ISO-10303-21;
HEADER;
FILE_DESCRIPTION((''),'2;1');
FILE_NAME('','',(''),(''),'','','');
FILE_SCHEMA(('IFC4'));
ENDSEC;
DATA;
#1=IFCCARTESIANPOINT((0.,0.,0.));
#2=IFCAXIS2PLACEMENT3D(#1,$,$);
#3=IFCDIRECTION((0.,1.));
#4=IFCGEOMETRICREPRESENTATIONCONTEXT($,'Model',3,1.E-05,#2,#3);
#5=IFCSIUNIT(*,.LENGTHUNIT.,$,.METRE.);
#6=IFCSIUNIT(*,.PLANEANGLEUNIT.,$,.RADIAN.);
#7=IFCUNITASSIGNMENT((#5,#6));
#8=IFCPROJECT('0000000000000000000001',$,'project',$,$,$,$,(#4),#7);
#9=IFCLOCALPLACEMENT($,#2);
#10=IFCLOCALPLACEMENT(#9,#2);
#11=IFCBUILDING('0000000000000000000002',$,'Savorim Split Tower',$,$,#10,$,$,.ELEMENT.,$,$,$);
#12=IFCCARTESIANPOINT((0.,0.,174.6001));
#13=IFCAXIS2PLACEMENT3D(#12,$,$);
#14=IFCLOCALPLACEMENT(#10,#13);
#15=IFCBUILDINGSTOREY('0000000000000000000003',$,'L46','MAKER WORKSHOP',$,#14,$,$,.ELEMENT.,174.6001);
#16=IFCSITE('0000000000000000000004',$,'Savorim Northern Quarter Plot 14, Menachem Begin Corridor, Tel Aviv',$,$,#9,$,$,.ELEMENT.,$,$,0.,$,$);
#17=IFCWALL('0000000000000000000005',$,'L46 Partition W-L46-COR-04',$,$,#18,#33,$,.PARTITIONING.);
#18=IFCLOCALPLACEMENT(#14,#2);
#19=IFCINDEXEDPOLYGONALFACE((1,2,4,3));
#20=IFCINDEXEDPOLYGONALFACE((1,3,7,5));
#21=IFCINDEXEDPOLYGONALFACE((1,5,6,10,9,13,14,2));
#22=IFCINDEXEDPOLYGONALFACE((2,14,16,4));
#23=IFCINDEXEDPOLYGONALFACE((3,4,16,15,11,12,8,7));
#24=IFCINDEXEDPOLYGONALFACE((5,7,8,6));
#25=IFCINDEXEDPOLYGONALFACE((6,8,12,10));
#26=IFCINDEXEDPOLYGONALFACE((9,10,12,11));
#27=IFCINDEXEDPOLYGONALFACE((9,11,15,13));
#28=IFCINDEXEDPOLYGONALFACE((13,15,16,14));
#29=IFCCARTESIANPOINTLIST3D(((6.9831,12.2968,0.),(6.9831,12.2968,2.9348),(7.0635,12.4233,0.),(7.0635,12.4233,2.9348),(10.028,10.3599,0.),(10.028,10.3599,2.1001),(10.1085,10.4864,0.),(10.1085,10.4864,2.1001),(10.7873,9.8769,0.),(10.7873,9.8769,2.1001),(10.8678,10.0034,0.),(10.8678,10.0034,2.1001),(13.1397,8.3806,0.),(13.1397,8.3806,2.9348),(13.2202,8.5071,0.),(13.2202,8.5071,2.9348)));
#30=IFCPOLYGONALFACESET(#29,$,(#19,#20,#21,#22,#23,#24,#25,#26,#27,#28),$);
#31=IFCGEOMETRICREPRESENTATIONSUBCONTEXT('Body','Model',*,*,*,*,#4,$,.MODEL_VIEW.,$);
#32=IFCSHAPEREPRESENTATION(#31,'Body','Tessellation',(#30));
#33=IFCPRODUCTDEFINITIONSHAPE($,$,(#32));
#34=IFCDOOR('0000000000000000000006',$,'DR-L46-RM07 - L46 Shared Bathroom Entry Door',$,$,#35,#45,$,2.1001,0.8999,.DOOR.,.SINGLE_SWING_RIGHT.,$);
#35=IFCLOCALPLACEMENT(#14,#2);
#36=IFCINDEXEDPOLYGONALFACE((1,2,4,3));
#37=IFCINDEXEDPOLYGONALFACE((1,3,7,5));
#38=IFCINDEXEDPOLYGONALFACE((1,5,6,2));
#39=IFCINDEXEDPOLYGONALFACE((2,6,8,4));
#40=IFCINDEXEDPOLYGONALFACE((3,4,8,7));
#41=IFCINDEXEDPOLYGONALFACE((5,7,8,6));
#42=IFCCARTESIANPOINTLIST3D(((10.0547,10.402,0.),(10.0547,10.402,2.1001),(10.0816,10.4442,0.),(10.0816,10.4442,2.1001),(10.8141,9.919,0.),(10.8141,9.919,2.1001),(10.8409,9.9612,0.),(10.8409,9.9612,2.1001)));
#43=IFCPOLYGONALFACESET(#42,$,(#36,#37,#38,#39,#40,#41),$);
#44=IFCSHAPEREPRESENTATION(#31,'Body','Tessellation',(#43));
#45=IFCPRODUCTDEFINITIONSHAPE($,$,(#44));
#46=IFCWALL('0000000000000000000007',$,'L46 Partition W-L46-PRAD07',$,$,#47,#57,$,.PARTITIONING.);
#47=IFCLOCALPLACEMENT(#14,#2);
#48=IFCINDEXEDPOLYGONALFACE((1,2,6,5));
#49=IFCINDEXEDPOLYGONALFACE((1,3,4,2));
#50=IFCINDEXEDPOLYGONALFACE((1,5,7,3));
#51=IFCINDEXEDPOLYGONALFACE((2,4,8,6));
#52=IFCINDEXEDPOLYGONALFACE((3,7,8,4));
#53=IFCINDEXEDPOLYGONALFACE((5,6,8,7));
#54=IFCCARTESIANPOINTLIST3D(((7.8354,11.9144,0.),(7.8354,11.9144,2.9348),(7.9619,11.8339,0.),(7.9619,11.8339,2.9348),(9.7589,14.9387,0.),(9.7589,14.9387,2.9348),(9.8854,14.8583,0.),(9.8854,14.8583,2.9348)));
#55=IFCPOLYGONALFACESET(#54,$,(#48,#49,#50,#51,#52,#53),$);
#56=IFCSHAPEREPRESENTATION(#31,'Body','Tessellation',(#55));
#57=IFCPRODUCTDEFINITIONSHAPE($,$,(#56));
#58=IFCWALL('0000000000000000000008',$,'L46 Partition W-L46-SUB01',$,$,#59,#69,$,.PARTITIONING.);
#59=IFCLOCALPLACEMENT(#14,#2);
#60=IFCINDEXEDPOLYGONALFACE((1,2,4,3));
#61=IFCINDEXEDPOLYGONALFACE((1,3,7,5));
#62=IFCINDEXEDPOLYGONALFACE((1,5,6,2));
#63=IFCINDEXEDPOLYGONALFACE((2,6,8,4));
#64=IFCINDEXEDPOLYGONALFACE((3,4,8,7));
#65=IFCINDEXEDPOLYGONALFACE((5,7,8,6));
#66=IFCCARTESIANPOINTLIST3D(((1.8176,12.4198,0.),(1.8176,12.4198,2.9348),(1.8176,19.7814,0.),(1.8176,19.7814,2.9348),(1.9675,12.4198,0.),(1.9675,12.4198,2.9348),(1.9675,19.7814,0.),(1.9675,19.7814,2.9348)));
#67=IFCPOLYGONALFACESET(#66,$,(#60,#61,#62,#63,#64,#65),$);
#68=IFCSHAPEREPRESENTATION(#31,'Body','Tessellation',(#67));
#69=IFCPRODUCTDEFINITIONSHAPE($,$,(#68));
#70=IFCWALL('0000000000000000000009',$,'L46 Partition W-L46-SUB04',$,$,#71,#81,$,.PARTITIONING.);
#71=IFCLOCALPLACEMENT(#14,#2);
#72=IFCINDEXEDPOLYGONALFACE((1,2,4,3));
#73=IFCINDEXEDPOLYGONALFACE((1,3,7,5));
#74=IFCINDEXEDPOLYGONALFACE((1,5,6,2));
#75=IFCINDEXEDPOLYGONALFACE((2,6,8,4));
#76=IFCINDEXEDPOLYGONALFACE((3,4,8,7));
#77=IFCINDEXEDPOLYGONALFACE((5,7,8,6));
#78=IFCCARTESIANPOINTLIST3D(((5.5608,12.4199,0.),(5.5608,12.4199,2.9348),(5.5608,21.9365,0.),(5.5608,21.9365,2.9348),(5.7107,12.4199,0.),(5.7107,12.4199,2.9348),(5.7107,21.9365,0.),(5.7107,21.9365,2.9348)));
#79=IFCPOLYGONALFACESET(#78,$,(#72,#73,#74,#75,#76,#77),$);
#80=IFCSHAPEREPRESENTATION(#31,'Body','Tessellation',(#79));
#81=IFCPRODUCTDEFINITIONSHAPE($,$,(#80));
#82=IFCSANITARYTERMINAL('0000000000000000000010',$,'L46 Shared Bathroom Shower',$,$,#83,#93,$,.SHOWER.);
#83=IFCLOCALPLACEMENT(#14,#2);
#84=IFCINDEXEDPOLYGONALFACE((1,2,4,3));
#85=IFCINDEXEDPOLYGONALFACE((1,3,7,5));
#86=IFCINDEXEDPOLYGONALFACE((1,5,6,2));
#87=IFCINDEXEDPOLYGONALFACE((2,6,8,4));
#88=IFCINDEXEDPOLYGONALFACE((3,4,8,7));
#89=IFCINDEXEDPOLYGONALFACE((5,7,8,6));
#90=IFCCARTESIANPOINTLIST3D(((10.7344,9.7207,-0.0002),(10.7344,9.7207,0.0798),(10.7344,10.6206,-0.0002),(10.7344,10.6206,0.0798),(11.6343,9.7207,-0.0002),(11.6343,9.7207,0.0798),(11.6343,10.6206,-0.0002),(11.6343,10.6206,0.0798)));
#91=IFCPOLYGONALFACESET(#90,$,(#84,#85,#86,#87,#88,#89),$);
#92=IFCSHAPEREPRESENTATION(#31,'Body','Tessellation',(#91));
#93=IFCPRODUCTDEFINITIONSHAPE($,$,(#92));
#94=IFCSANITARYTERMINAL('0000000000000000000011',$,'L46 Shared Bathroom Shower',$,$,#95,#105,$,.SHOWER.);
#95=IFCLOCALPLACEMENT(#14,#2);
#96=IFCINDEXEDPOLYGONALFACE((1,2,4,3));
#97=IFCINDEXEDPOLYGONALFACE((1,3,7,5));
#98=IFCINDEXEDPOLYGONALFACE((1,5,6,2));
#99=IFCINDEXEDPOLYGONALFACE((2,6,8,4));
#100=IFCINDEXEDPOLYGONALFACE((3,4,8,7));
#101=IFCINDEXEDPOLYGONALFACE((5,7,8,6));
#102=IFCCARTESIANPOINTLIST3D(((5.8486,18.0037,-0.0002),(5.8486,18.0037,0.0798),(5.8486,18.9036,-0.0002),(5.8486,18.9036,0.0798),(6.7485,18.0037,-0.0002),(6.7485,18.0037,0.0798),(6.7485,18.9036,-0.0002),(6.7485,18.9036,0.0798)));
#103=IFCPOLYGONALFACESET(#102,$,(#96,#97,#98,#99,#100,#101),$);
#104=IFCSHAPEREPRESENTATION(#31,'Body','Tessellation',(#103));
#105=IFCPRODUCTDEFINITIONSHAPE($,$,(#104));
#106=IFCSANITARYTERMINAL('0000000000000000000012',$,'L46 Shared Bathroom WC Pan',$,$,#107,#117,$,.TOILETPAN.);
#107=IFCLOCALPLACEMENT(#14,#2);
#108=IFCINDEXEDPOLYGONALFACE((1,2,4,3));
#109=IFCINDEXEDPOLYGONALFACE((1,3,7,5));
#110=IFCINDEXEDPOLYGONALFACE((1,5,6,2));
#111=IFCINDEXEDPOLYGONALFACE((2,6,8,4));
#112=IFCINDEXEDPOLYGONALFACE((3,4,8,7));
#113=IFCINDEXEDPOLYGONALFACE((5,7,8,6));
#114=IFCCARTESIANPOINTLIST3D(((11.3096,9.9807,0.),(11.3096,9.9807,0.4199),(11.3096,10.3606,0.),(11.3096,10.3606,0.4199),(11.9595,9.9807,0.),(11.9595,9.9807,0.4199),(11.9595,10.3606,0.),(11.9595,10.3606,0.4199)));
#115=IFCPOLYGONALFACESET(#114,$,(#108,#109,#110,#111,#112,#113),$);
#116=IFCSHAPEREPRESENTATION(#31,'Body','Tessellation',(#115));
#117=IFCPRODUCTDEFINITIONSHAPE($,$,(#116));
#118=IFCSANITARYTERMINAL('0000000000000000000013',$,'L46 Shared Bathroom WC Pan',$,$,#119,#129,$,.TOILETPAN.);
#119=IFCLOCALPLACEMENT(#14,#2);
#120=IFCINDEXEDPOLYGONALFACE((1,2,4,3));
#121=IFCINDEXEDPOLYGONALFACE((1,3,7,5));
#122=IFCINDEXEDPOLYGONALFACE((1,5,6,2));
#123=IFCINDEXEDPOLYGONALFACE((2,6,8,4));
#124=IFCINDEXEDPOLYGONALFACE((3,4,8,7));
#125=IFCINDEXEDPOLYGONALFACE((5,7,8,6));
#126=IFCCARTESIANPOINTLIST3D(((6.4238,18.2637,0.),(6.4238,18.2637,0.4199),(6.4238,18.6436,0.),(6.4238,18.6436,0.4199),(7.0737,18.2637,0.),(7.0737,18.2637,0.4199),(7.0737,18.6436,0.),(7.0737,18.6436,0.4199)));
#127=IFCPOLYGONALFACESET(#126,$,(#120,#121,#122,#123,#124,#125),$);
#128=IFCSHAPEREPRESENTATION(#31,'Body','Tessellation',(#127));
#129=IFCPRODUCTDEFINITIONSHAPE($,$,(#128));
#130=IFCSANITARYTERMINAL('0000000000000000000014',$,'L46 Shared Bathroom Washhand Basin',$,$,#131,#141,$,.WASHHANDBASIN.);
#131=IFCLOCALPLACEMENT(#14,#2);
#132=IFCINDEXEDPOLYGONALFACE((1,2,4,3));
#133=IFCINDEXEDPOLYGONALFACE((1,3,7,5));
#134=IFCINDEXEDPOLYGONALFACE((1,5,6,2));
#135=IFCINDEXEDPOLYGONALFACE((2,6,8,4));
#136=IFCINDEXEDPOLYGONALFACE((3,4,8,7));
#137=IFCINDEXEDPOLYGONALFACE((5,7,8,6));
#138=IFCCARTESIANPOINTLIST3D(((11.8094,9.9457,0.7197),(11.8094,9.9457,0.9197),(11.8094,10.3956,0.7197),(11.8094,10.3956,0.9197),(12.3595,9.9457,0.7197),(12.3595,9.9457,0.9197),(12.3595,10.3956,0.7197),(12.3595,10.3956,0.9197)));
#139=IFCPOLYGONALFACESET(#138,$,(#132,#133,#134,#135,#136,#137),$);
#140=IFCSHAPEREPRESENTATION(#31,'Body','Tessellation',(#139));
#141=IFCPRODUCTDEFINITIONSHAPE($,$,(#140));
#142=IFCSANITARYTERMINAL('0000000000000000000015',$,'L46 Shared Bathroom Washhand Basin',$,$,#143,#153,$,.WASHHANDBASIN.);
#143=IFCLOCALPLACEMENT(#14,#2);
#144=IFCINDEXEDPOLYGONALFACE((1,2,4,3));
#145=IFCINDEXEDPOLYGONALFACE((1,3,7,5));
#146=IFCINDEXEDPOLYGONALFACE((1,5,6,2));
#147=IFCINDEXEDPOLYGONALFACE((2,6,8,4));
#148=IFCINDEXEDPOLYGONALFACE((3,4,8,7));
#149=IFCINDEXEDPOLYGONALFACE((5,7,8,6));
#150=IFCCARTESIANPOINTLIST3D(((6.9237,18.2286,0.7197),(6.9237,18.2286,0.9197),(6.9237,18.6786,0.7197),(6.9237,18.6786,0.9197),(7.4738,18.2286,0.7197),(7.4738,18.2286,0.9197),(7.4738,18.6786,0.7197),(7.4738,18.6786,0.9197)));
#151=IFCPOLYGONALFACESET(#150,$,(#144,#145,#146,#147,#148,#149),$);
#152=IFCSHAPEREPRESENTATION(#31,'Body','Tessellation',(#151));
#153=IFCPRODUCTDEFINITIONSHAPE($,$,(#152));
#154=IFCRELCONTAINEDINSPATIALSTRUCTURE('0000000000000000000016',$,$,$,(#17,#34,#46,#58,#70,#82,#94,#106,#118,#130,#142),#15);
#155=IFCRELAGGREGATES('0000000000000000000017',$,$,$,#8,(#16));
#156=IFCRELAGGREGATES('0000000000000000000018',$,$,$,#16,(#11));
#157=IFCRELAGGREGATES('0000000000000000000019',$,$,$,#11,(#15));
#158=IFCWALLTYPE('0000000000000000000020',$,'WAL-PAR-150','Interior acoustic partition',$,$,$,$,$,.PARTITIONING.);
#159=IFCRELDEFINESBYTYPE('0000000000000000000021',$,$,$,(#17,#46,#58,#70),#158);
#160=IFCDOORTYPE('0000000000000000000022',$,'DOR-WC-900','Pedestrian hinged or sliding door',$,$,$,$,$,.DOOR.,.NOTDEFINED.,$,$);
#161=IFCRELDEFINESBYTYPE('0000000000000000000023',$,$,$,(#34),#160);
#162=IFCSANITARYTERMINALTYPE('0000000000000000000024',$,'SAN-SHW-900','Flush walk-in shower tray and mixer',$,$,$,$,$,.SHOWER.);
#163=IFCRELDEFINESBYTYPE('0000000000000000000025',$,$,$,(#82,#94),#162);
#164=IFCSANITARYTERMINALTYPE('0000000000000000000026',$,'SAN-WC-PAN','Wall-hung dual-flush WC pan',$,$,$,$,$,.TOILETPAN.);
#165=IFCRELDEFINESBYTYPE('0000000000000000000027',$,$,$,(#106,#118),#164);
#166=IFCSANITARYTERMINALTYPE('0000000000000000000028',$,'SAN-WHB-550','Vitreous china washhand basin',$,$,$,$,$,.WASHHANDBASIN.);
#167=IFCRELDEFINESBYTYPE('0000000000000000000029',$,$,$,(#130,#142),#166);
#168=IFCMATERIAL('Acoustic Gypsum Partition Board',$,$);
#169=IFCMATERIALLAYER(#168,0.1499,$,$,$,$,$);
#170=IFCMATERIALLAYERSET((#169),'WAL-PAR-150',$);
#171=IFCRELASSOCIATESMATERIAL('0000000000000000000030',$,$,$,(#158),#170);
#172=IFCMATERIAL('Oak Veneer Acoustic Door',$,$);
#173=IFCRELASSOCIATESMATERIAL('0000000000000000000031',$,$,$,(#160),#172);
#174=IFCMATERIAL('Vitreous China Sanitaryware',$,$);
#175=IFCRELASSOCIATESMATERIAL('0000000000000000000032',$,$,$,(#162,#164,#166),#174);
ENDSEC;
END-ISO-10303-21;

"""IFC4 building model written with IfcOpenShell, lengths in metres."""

from ifc_helpers import new_model, si_unit, direction, frame, frame_2d, origin, origin_2d, place, context, subcontext, project, spatial, rectangle, extrude, material, layer, layer_set, type_object, element, fill, save


model = new_model("IFC4")

# Units and contexts
model_context = context("Model", 3, precision=1e-05, world=origin(), true_north=direction((0.0, 1.0)))
body_context = subcontext(model_context, "Body", "Model", "MODEL_VIEW")
ifc_project = project(units=[si_unit("LENGTHUNIT", "METRE"), si_unit("PLANEANGLEUNIT", "RADIAN")], contexts=[model_context])

# Site, building, storey
site_placement = place(None, origin())
site = spatial("IfcSite", under=ifc_project, at=site_placement, Name="Savorim Northern Quarter Plot 14, Menachem Begin Corridor, Tel Aviv", CompositionType="ELEMENT", RefElevation=0.0)
building_placement = place(site_placement, origin())
building = spatial("IfcBuilding", under=site, at=building_placement, Name="Savorim Split Tower", CompositionType="ELEMENT")
storey_placement = place(building_placement, frame((0.0, 0.0, 174.6001)))
storey = spatial("IfcBuildingStorey", under=building, at=storey_placement, Name="L46", Description="MAKER WORKSHOP", CompositionType="ELEMENT", Elevation=174.6001)

# Wall, opening, door
ifc_material_1 = material(Name="Acoustic Gypsum Partition Board")
ifc_layer_1 = layer(ifc_material_1, 0.1499)
ifc_layer_set_1 = layer_set([ifc_layer_1], Name="WAL-PAR-150")
wall_type_1 = type_object("IfcWallType", Name="WAL-PAR-150", Description="Interior acoustic partition", PredefinedType="PARTITIONING", material=ifc_layer_set_1)
wall_1_placement = place(storey_placement, frame((7.0232, 12.3601, 0.0), z_axis=(0.0, 0.0, 1.0), x_axis=(0.843765, -0.536713, 0.0)))
wall_1 = element("IfcWall", 1, at=wall_1_placement, inside=storey, type_object=wall_type_1, Name="L46 Partition W-L46-COR-04", PredefinedType="PARTITIONING", context=body_context, shape_type="SweptSolid", body=[
    extrude(rectangle(XDim=7.2966, YDim=0.1499, at=frame_2d((3.6484, 0.0))), origin(), (0.0, 0.0, 1.0), 2.9348),
])
opening_1_placement = place(wall_1_placement, frame((3.6089, 0.0, 0.0)))
opening_1 = element("IfcOpeningElement", 2, at=opening_1_placement, cuts=wall_1, PredefinedType="OPENING", context=body_context, shape_type="SweptSolid", body=[
    extrude(rectangle(XDim=0.8999, YDim=2.1001, at=frame_2d((0.45, 1.05))), frame((0.0, 0.085, 0.0), z_axis=(0.0, -1.0, 0.0), x_axis=(1.0, 0.0, 0.0)), (0.0, 0.0, 1.0), 0.1699),
])
ifc_material_2 = material(Name="Oak Veneer Acoustic Door")
door_type_1 = type_object("IfcDoorType", Name="DOR-WC-900", Description="Pedestrian hinged or sliding door", OperationType="NOTDEFINED", PredefinedType="DOOR", material=ifc_material_2)
door_1_placement = place(opening_1_placement, origin())
door_1 = element("IfcDoor", 3, at=door_1_placement, inside=storey, type_object=door_type_1, Name="DR-L46-RM07 - L46 Shared Bathroom Entry Door", OperationType="SINGLE_SWING_RIGHT", OverallHeight=2.1001, OverallWidth=0.8999, PredefinedType="DOOR", context=body_context, shape_type="SweptSolid", body=[
    extrude(rectangle(XDim=0.8999, YDim=2.1001, at=frame_2d((0.45, 1.05))), frame((0.0, 0.0249, 0.0), z_axis=(0.0, -1.0, 0.0), x_axis=(1.0, 0.0, 0.0)), (0.0, 0.0, 1.0), 0.05),
])
fill(opening_1, door_1)

# Walls
wall_2_placement = place(storey_placement, frame((7.8987, 11.8743, 0.0), z_axis=(0.0, 0.0, 1.0), x_axis=(0.536668, 0.843793, 0.0)))
element("IfcWall", 4, at=wall_2_placement, inside=storey, type_object=wall_type_1, Name="L46 Partition W-L46-PRAD07", PredefinedType="PARTITIONING", context=body_context, shape_type="SweptSolid", body=[
    extrude(rectangle(XDim=3.5842, YDim=0.1499, at=frame_2d((1.792, 0.0))), origin(), (0.0, 0.0, 1.0), 2.9348),
])
wall_3_placement = place(storey_placement, frame((1.8926, 12.4199, 0.0), z_axis=(0.0, 0.0, 1.0), x_axis=(0.0, 1.0, 0.0)))
element("IfcWall", 5, at=wall_3_placement, inside=storey, type_object=wall_type_1, Name="L46 Partition W-L46-SUB01", PredefinedType="PARTITIONING", context=body_context, shape_type="SweptSolid", body=[
    extrude(rectangle(XDim=7.3616, YDim=0.1499, at=frame_2d((3.6807, 0.0))), origin(), (0.0, 0.0, 1.0), 2.9348),
])
wall_4_placement = place(storey_placement, frame((5.6357, 12.4199, 0.0), z_axis=(0.0, 0.0, 1.0), x_axis=(0.0, 1.0, 0.0)))
element("IfcWall", 6, at=wall_4_placement, inside=storey, type_object=wall_type_1, Name="L46 Partition W-L46-SUB04", PredefinedType="PARTITIONING", context=body_context, shape_type="SweptSolid", body=[
    extrude(rectangle(XDim=9.5166, YDim=0.1499, at=frame_2d((4.7583, 0.0))), origin(), (0.0, 0.0, 1.0), 2.9348),
])

# Sanitary terminals
ifc_material_3 = material(Name="Vitreous China Sanitaryware")
sanitary_terminal_type_1 = type_object("IfcSanitaryTerminalType", Name="SAN-SHW-900", Description="Flush walk-in shower tray and mixer", PredefinedType="SHOWER", material=ifc_material_3)
for number, where, z_axis, x_axis, name in (
    (7, (11.1843, 10.1707, -0.0002), (0.0, 0.0, 1.0), (1.0, 0.0, 0.0), "L46 Shared Bathroom Shower"),
    (8, (6.2986, 18.4536, -0.0002), (0.0, 0.0, 1.0), (1.0, 0.0, 0.0), "L46 Shared Bathroom Shower"),
):
    element("IfcSanitaryTerminal", number, at=place(storey_placement, frame(where, z_axis=z_axis, x_axis=x_axis)), inside=storey, type_object=sanitary_terminal_type_1, Name=name, PredefinedType="SHOWER", context=body_context, shape_type="SweptSolid", body=[
        extrude(rectangle(XDim=0.8999, YDim=0.8999, at=origin_2d()), origin(), (0.0, 0.0, 1.0), 0.0801),
    ])
sanitary_terminal_type_2 = type_object("IfcSanitaryTerminalType", Name="SAN-WC-PAN", Description="Wall-hung dual-flush WC pan", PredefinedType="TOILETPAN", material=ifc_material_3)
for number, where, z_axis, x_axis, name in (
    (9, (11.6345, 10.1707, 0.0), (0.0, 0.0, 1.0), (1.0, 0.0, 0.0), "L46 Shared Bathroom WC Pan"),
    (10, (6.7488, 18.4536, 0.0), (0.0, 0.0, 1.0), (1.0, 0.0, 0.0), "L46 Shared Bathroom WC Pan"),
):
    element("IfcSanitaryTerminal", number, at=place(storey_placement, frame(where, z_axis=z_axis, x_axis=x_axis)), inside=storey, type_object=sanitary_terminal_type_2, Name=name, PredefinedType="TOILETPAN", context=body_context, shape_type="SweptSolid", body=[
        extrude(rectangle(XDim=0.6499, YDim=0.3799, at=origin_2d()), origin(), (0.0, 0.0, 1.0), 0.4199),
    ])
sanitary_terminal_type_3 = type_object("IfcSanitaryTerminalType", Name="SAN-WHB-550", Description="Vitreous china washhand basin", PredefinedType="WASHHANDBASIN", material=ifc_material_3)
for number, where, z_axis, x_axis, name in (
    (11, (12.0845, 10.1707, 0.7197), (0.0, 0.0, 1.0), (1.0, 0.0, 0.0), "L46 Shared Bathroom Washhand Basin"),
    (12, (7.1987, 18.4536, 0.7197), (0.0, 0.0, 1.0), (1.0, 0.0, 0.0), "L46 Shared Bathroom Washhand Basin"),
):
    element("IfcSanitaryTerminal", number, at=place(storey_placement, frame(where, z_axis=z_axis, x_axis=x_axis)), inside=storey, type_object=sanitary_terminal_type_3, Name=name, PredefinedType="WASHHANDBASIN", context=body_context, shape_type="SweptSolid", body=[
        extrude(rectangle(XDim=0.55, YDim=0.45, at=origin_2d()), origin(), (0.0, 0.0, 1.0), 0.2),
    ])

save(model, "model.ifc")
